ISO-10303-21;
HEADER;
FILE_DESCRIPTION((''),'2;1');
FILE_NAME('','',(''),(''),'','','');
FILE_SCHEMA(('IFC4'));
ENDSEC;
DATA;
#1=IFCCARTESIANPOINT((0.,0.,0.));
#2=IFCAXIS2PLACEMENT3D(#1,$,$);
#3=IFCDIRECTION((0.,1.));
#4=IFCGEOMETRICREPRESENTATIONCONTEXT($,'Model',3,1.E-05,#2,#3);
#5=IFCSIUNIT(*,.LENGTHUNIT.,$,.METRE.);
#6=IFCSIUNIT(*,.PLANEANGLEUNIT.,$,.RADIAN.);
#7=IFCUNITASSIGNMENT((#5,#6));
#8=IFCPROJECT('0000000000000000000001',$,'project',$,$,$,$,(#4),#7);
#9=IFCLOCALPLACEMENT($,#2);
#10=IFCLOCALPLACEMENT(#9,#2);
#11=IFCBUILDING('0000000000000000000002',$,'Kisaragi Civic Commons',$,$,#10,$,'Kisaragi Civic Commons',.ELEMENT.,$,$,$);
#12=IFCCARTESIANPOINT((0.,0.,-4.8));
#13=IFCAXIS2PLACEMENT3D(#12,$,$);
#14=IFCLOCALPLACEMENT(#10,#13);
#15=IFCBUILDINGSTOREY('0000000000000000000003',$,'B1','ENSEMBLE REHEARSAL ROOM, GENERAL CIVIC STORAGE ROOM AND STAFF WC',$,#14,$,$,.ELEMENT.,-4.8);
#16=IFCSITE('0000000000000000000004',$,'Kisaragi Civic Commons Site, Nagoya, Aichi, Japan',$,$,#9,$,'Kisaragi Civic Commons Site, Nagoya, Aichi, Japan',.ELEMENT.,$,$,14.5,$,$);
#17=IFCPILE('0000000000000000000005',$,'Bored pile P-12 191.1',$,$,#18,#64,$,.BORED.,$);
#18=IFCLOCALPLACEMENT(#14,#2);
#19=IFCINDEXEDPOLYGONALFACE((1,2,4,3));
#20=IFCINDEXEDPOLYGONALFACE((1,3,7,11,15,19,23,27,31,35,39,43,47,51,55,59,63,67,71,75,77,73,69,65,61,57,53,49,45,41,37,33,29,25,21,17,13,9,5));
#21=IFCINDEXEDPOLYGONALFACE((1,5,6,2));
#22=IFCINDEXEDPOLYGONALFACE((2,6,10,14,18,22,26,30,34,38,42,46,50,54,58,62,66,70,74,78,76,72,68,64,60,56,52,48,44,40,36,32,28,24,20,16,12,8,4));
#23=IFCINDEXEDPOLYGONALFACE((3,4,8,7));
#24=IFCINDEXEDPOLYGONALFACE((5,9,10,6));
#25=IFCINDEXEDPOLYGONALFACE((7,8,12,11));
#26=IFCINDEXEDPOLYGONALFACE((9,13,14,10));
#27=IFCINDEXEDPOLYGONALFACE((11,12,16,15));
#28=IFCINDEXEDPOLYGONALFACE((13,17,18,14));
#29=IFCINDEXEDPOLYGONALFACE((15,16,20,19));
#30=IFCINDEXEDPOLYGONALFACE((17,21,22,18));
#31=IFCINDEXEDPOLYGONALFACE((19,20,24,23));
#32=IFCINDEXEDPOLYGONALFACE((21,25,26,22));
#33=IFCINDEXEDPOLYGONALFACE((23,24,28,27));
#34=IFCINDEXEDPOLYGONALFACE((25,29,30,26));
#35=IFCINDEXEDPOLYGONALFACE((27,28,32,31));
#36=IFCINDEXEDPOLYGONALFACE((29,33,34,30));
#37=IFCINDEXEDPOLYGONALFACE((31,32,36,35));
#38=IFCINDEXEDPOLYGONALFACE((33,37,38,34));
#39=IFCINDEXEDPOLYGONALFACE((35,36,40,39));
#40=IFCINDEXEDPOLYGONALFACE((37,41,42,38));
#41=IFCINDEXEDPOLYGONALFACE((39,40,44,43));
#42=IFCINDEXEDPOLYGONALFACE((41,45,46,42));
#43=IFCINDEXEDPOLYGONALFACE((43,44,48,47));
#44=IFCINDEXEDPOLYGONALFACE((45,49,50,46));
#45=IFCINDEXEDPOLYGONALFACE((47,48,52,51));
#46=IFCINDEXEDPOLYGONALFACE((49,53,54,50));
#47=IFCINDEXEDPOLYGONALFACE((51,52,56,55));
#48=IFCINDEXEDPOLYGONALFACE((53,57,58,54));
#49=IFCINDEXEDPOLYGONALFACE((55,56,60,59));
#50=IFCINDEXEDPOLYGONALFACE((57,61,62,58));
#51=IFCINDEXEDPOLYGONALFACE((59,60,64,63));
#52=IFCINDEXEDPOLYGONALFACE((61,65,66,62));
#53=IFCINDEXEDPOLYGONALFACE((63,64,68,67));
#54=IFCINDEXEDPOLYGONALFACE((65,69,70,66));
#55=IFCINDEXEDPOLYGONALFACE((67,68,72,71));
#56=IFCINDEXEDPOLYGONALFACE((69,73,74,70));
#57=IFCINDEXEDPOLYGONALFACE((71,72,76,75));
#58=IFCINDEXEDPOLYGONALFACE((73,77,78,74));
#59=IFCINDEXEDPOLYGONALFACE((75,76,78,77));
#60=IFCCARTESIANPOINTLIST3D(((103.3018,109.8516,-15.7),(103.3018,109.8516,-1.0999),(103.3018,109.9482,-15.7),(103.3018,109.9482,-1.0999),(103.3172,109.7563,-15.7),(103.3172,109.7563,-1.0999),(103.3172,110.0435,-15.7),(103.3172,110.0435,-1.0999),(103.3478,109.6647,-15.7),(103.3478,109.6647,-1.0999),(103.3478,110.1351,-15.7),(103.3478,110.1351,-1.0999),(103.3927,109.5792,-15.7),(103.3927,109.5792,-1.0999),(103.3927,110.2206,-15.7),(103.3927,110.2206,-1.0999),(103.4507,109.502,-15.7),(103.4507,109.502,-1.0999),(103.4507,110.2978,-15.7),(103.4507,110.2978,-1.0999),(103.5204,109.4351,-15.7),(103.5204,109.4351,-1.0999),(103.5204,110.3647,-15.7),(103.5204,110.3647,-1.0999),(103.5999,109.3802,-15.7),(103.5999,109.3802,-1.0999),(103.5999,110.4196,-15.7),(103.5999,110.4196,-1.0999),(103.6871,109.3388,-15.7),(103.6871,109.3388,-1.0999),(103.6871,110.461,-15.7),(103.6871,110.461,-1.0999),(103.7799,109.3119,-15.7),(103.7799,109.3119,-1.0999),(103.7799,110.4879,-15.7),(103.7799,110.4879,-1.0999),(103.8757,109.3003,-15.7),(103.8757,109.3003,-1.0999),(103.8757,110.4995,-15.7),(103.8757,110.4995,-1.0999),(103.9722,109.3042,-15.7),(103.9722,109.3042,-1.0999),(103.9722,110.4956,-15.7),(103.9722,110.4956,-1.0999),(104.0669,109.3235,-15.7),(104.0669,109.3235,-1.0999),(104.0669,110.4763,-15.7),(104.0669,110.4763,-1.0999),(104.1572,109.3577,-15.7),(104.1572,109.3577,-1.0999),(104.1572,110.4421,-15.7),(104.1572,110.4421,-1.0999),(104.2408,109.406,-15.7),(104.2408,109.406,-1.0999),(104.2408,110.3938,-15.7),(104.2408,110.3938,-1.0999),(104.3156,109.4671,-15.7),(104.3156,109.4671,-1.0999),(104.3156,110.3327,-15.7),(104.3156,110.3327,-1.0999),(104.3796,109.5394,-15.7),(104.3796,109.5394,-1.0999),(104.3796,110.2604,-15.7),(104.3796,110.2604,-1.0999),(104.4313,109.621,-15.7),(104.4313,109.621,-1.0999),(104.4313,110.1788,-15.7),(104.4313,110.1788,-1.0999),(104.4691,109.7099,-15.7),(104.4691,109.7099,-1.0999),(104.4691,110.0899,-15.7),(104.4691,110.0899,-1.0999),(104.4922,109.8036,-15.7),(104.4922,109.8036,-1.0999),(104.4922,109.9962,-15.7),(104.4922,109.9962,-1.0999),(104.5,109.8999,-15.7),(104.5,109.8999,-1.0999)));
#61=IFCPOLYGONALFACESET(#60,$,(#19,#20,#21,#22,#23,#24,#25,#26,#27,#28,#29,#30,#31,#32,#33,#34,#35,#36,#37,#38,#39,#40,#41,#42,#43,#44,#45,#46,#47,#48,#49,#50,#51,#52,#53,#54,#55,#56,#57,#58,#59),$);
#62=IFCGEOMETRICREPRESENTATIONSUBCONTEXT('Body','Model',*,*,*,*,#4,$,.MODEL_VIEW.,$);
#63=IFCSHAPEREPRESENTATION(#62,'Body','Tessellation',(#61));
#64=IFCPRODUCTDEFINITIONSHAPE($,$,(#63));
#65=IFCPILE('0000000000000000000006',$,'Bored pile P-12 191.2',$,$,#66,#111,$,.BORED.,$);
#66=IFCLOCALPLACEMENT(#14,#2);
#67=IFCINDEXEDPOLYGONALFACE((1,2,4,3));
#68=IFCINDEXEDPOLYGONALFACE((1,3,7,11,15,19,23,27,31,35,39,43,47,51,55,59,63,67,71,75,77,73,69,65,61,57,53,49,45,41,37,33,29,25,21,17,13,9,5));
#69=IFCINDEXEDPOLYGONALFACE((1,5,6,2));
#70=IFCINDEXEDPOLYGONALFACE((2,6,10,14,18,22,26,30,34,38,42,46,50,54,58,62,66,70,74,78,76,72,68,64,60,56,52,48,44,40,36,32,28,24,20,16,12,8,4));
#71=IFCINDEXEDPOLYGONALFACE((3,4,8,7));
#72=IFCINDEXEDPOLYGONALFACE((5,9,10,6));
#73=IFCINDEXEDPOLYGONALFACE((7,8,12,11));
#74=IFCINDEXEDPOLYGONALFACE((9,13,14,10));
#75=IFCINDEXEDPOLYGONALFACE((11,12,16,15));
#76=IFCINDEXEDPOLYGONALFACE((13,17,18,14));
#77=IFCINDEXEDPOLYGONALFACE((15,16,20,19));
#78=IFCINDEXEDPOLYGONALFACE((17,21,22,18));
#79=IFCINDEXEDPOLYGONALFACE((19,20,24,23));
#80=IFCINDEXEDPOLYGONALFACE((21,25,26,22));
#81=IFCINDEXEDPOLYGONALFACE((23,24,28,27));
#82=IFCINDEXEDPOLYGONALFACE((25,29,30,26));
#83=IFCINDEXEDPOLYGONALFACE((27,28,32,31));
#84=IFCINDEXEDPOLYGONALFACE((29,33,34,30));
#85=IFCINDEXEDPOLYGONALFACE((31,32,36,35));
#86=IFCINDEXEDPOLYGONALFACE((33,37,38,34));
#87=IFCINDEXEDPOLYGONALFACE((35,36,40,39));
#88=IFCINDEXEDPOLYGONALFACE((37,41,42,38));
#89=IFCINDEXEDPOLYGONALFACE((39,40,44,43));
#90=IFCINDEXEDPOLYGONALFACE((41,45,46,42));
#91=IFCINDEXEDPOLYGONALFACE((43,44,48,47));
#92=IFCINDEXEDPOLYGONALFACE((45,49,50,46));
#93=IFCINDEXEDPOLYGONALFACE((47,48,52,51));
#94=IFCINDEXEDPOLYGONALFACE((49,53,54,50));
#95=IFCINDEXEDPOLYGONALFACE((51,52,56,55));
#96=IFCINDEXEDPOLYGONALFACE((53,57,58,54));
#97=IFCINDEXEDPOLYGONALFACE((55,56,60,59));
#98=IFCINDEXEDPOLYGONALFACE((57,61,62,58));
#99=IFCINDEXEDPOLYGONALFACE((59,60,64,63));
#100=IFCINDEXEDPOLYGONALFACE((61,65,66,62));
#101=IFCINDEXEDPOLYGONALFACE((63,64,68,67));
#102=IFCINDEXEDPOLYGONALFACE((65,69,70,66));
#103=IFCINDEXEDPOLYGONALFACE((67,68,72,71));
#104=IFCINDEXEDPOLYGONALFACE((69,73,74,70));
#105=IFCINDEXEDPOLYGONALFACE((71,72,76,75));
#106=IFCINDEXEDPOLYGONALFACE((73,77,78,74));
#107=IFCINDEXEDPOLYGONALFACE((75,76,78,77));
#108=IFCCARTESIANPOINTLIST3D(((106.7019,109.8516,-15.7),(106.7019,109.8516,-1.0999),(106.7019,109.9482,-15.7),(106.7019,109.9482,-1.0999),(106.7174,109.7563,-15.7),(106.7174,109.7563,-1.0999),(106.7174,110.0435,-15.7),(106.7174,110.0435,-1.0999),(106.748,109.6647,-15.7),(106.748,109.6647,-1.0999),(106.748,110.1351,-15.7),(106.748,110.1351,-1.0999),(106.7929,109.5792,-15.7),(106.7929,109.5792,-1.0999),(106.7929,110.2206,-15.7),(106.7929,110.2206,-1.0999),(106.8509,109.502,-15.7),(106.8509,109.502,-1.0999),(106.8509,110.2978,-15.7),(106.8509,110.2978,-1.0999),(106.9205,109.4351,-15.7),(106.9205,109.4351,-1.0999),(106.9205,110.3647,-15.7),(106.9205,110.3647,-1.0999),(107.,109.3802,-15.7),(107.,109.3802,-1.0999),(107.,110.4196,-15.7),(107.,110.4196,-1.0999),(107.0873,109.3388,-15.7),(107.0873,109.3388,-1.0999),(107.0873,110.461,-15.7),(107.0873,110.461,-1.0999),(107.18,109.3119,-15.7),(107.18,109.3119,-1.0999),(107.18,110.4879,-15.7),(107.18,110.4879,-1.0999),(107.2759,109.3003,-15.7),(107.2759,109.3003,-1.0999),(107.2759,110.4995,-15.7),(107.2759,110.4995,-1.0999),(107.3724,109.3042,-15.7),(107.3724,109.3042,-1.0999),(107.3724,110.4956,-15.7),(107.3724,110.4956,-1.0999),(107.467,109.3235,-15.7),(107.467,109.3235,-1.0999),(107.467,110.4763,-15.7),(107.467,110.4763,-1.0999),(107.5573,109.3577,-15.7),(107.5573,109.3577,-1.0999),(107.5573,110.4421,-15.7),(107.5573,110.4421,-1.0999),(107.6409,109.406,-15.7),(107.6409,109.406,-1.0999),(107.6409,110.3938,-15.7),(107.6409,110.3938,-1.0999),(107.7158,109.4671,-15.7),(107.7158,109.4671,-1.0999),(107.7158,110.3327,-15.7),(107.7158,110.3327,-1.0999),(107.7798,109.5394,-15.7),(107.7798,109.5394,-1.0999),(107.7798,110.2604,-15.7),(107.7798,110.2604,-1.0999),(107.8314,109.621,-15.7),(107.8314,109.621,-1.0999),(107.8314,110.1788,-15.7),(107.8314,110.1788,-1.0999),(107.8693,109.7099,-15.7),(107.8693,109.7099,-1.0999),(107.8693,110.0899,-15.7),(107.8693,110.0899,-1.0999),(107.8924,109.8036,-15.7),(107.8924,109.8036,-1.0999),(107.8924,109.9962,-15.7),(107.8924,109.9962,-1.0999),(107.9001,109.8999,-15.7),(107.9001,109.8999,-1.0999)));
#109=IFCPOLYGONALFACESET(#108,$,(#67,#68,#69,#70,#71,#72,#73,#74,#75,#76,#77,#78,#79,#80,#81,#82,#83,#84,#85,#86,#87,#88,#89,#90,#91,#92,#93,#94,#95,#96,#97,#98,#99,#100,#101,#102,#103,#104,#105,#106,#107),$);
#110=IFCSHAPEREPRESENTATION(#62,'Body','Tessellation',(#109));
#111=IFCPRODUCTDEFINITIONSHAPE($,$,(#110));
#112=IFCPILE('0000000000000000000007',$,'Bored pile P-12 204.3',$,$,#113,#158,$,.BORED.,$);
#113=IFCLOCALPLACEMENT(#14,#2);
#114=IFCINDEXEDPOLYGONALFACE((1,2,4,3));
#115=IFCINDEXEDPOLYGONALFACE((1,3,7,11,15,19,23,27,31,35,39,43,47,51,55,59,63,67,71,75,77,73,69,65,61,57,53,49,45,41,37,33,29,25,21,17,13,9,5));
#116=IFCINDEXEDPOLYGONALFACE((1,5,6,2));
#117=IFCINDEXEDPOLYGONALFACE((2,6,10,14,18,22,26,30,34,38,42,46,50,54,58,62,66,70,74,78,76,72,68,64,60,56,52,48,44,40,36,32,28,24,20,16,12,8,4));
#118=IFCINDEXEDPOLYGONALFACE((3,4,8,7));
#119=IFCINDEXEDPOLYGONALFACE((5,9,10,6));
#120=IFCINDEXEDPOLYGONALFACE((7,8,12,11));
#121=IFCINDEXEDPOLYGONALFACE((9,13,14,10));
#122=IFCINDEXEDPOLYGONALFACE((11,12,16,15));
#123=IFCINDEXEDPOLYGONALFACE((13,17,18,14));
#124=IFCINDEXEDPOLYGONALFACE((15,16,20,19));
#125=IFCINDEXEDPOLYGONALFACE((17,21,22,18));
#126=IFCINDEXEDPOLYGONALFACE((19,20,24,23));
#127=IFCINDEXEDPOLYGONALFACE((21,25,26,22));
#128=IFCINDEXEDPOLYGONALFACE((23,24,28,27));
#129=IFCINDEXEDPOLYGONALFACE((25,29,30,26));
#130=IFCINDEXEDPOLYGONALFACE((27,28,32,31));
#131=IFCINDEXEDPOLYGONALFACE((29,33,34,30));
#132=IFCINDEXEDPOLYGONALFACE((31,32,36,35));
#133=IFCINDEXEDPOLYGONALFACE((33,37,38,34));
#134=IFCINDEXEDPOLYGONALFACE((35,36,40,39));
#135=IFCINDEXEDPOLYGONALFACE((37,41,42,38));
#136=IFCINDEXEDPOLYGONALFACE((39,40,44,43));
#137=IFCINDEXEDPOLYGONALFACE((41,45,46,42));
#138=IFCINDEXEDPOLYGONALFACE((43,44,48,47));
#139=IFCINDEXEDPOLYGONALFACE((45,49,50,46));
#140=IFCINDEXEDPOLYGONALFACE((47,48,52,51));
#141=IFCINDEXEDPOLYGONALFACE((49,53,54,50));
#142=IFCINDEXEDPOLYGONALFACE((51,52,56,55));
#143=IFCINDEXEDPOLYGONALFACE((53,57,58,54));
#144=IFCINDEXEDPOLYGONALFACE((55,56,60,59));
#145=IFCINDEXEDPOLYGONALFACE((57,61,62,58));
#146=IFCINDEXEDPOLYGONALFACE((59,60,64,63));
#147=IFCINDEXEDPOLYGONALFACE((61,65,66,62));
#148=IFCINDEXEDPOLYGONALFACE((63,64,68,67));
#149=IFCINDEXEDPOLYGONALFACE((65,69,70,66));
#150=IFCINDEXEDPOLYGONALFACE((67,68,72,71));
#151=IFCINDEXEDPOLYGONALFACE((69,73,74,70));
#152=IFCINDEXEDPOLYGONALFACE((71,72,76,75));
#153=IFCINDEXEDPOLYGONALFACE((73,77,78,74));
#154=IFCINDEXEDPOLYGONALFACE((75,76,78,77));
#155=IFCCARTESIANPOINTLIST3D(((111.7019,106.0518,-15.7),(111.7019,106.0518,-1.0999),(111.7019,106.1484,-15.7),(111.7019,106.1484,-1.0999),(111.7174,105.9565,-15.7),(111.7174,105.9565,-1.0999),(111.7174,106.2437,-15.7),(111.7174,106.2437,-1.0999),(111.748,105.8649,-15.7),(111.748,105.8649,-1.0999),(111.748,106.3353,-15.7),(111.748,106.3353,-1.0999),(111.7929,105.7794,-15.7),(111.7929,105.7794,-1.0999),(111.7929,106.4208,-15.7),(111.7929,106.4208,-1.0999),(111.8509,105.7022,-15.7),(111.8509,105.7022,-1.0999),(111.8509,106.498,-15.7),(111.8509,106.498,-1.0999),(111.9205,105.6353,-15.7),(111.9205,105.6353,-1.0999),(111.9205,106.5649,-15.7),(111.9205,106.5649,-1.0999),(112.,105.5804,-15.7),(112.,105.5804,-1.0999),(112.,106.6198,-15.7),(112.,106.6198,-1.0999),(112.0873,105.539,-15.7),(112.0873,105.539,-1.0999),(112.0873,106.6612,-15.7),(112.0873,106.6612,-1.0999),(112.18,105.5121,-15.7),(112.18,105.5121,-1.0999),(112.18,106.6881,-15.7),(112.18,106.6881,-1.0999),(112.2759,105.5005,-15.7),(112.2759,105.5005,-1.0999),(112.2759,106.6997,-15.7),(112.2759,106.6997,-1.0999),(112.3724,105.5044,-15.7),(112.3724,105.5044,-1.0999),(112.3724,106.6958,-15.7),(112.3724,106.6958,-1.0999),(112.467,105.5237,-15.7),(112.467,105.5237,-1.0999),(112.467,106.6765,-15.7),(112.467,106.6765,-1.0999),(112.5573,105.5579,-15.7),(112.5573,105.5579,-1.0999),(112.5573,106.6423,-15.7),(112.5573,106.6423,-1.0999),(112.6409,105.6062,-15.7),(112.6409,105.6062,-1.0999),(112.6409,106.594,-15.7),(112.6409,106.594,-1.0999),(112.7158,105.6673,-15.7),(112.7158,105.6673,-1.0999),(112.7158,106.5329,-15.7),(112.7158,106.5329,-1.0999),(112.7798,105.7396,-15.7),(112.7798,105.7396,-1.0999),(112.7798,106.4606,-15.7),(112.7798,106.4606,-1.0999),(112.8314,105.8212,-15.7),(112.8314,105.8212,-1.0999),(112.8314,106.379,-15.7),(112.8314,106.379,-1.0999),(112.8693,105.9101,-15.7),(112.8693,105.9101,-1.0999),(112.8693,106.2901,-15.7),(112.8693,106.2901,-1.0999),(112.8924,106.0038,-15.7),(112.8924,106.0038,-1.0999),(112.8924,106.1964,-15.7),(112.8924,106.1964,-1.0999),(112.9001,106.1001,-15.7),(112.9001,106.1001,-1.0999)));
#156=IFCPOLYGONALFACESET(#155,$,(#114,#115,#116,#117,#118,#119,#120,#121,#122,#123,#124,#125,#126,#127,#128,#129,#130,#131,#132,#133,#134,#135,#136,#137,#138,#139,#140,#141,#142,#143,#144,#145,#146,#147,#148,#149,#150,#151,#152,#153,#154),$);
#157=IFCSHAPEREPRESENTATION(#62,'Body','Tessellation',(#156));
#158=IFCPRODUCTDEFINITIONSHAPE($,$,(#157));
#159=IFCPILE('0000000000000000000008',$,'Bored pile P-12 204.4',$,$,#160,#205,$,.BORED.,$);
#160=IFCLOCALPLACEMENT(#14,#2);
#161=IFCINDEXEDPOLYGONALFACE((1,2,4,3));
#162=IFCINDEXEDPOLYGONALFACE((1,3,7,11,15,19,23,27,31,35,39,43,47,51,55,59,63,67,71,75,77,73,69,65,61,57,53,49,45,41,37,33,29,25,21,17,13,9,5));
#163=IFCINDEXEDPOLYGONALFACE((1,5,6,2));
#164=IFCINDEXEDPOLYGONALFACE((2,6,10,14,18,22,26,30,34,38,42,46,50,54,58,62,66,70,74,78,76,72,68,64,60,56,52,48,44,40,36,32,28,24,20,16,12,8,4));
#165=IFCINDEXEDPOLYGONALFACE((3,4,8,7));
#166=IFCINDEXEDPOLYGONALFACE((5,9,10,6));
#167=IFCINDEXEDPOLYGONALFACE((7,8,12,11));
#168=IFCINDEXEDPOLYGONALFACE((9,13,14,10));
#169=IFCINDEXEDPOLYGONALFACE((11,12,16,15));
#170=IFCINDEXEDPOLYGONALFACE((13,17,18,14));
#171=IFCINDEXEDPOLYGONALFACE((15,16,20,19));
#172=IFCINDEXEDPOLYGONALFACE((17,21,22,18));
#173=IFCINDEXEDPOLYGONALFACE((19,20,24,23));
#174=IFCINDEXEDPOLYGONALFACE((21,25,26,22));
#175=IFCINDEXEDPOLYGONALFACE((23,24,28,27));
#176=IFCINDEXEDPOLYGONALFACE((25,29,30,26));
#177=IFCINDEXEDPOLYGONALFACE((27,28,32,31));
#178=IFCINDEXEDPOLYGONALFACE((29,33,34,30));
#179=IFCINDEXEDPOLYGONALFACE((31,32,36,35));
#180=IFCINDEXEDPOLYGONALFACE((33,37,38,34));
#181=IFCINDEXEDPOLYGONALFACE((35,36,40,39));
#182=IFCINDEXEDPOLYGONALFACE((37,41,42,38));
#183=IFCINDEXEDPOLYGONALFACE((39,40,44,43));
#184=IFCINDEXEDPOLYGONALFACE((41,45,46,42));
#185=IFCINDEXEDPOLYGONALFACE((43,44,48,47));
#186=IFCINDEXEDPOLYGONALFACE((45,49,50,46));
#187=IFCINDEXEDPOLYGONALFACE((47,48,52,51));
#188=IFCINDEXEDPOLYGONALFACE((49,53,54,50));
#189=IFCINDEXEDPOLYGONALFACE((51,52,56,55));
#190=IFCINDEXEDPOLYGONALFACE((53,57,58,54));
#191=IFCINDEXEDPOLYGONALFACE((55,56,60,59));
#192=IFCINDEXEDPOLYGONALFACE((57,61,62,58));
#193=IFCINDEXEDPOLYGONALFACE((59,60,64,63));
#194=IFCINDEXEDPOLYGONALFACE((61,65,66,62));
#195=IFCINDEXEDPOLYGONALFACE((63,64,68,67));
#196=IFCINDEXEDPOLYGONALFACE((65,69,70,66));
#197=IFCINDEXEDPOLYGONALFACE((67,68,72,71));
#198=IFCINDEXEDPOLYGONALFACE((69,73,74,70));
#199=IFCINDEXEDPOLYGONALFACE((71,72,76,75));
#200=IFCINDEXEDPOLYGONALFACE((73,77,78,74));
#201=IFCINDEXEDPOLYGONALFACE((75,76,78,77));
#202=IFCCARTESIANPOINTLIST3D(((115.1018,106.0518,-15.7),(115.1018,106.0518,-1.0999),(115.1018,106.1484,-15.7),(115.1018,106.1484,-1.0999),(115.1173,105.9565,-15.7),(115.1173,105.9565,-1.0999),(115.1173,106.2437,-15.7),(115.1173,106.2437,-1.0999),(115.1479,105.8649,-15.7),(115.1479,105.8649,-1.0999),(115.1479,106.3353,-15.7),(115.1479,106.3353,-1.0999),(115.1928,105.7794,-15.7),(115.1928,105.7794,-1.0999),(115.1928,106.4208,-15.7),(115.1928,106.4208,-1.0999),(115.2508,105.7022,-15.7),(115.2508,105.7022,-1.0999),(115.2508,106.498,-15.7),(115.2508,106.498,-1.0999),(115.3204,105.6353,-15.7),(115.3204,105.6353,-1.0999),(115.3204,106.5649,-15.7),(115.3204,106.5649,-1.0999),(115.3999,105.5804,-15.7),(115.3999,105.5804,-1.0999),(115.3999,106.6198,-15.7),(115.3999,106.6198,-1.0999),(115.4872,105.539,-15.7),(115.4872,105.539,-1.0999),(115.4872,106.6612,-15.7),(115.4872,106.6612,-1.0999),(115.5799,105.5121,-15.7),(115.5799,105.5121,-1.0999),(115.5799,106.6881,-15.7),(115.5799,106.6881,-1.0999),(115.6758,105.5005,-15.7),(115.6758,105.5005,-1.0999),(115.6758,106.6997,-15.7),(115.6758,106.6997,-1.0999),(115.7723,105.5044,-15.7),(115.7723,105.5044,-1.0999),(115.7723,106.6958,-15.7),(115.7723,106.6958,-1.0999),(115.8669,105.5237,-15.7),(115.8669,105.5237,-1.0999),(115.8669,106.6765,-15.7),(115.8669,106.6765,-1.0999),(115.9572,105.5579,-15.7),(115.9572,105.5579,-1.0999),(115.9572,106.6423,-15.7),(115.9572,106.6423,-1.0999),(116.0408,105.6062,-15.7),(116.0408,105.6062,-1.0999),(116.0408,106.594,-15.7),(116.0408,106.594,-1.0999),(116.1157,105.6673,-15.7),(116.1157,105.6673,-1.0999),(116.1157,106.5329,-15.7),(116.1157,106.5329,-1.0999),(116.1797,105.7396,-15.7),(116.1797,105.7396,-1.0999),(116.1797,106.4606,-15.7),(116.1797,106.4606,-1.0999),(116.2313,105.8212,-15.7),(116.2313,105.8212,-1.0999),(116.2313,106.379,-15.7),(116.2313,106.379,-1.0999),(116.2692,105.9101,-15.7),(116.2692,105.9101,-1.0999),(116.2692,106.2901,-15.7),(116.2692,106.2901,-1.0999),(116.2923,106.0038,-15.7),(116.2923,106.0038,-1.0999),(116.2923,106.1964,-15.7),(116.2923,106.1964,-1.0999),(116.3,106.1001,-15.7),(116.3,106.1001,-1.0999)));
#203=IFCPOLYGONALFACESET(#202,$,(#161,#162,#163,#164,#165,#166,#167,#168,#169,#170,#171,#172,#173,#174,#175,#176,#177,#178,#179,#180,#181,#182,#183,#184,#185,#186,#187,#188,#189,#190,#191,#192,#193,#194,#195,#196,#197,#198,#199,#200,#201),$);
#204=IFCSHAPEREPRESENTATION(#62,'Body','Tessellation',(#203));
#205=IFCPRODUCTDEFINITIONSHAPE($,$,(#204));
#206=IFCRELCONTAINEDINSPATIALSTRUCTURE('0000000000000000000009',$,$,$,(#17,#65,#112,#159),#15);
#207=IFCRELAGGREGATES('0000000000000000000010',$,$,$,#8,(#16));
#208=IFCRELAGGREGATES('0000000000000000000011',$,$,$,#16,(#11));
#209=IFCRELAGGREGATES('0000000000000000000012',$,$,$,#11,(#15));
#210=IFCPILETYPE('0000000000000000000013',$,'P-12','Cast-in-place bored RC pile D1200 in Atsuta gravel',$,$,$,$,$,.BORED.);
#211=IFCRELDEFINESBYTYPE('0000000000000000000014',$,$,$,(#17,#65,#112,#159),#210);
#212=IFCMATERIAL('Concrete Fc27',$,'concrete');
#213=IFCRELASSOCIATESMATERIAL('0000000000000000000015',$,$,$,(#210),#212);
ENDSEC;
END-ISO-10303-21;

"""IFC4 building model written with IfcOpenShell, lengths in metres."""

from ifc_helpers import new_model, si_unit, direction, frame, origin, origin_2d, place, context, subcontext, project, spatial, circle, extrude, material, material_profile, profile_set, type_object, element, save


model = new_model("IFC4")

# Units and contexts
model_context = context("Model", 3, precision=1e-05, world=origin(), true_north=direction((0.0, 1.0)))
body_context = subcontext(model_context, "Body", "Model", "MODEL_VIEW")
ifc_project = project(units=[si_unit("LENGTHUNIT", "METRE"), si_unit("PLANEANGLEUNIT", "RADIAN")], contexts=[model_context])

# Site, building, storey
site_placement = place(None, origin())
site = spatial("IfcSite", under=ifc_project, at=site_placement, Name="Kisaragi Civic Commons Site, Nagoya, Aichi, Japan", LongName="Kisaragi Civic Commons Site, Nagoya, Aichi, Japan", CompositionType="ELEMENT", RefElevation=14.5)
building_placement = place(site_placement, origin())
building = spatial("IfcBuilding", under=site, at=building_placement, Name="Kisaragi Civic Commons", LongName="Kisaragi Civic Commons", CompositionType="ELEMENT")
storey_placement = place(building_placement, frame((0.0, 0.0, -4.8)))
storey = spatial("IfcBuildingStorey", under=building, at=storey_placement, Name="B1", Description="ENSEMBLE REHEARSAL ROOM, GENERAL CIVIC STORAGE ROOM AND STAFF WC", CompositionType="ELEMENT", Elevation=-4.8)

# Shared definitions
ifc_material_1 = material(Name="Concrete Fc27", Category="concrete")

# Piles
ifc_material_profile_1 = material_profile(ifc_material_1, circle(Radius=0.6001, at=origin_2d()), Name="PILE-D1200", Category="concrete")
ifc_profile_set_1 = profile_set([ifc_material_profile_1], Name="Concrete Fc27")
pile_type = type_object("IfcPileType", Name="P-12", Description="Cast-in-place bored RC pile D1200 in Atsuta gravel", PredefinedType="BORED", material=ifc_profile_set_1)
for number, where, z_axis, x_axis, name in (
    (1, (103.8999, 109.8999, -1.0999), (0.0, 0.0, -1.0), (1.0, 0.0, 0.0), "Bored pile P-12 191.1"),
    (2, (107.3, 109.8999, -1.0999), (0.0, 0.0, -1.0), (1.0, 0.0, 0.0), "Bored pile P-12 191.2"),
    (3, (112.3, 106.1001, -1.0999), (0.0, 0.0, -1.0), (1.0, 0.0, 0.0), "Bored pile P-12 204.3"),
    (4, (115.7, 106.1001, -1.0999), (0.0, 0.0, -1.0), (1.0, 0.0, 0.0), "Bored pile P-12 204.4"),
):
    element("IfcPile", number, at=place(storey_placement, frame(where, z_axis=z_axis, x_axis=x_axis)), inside=storey, type_object=pile_type, Name=name, PredefinedType="BORED", context=body_context, shape_type="SweptSolid", body=[
        extrude(circle(Radius=0.6001, at=origin_2d()), origin(), (0.0, 0.0, 1.0), 14.6001),
    ])

save(model, "model.ifc")
